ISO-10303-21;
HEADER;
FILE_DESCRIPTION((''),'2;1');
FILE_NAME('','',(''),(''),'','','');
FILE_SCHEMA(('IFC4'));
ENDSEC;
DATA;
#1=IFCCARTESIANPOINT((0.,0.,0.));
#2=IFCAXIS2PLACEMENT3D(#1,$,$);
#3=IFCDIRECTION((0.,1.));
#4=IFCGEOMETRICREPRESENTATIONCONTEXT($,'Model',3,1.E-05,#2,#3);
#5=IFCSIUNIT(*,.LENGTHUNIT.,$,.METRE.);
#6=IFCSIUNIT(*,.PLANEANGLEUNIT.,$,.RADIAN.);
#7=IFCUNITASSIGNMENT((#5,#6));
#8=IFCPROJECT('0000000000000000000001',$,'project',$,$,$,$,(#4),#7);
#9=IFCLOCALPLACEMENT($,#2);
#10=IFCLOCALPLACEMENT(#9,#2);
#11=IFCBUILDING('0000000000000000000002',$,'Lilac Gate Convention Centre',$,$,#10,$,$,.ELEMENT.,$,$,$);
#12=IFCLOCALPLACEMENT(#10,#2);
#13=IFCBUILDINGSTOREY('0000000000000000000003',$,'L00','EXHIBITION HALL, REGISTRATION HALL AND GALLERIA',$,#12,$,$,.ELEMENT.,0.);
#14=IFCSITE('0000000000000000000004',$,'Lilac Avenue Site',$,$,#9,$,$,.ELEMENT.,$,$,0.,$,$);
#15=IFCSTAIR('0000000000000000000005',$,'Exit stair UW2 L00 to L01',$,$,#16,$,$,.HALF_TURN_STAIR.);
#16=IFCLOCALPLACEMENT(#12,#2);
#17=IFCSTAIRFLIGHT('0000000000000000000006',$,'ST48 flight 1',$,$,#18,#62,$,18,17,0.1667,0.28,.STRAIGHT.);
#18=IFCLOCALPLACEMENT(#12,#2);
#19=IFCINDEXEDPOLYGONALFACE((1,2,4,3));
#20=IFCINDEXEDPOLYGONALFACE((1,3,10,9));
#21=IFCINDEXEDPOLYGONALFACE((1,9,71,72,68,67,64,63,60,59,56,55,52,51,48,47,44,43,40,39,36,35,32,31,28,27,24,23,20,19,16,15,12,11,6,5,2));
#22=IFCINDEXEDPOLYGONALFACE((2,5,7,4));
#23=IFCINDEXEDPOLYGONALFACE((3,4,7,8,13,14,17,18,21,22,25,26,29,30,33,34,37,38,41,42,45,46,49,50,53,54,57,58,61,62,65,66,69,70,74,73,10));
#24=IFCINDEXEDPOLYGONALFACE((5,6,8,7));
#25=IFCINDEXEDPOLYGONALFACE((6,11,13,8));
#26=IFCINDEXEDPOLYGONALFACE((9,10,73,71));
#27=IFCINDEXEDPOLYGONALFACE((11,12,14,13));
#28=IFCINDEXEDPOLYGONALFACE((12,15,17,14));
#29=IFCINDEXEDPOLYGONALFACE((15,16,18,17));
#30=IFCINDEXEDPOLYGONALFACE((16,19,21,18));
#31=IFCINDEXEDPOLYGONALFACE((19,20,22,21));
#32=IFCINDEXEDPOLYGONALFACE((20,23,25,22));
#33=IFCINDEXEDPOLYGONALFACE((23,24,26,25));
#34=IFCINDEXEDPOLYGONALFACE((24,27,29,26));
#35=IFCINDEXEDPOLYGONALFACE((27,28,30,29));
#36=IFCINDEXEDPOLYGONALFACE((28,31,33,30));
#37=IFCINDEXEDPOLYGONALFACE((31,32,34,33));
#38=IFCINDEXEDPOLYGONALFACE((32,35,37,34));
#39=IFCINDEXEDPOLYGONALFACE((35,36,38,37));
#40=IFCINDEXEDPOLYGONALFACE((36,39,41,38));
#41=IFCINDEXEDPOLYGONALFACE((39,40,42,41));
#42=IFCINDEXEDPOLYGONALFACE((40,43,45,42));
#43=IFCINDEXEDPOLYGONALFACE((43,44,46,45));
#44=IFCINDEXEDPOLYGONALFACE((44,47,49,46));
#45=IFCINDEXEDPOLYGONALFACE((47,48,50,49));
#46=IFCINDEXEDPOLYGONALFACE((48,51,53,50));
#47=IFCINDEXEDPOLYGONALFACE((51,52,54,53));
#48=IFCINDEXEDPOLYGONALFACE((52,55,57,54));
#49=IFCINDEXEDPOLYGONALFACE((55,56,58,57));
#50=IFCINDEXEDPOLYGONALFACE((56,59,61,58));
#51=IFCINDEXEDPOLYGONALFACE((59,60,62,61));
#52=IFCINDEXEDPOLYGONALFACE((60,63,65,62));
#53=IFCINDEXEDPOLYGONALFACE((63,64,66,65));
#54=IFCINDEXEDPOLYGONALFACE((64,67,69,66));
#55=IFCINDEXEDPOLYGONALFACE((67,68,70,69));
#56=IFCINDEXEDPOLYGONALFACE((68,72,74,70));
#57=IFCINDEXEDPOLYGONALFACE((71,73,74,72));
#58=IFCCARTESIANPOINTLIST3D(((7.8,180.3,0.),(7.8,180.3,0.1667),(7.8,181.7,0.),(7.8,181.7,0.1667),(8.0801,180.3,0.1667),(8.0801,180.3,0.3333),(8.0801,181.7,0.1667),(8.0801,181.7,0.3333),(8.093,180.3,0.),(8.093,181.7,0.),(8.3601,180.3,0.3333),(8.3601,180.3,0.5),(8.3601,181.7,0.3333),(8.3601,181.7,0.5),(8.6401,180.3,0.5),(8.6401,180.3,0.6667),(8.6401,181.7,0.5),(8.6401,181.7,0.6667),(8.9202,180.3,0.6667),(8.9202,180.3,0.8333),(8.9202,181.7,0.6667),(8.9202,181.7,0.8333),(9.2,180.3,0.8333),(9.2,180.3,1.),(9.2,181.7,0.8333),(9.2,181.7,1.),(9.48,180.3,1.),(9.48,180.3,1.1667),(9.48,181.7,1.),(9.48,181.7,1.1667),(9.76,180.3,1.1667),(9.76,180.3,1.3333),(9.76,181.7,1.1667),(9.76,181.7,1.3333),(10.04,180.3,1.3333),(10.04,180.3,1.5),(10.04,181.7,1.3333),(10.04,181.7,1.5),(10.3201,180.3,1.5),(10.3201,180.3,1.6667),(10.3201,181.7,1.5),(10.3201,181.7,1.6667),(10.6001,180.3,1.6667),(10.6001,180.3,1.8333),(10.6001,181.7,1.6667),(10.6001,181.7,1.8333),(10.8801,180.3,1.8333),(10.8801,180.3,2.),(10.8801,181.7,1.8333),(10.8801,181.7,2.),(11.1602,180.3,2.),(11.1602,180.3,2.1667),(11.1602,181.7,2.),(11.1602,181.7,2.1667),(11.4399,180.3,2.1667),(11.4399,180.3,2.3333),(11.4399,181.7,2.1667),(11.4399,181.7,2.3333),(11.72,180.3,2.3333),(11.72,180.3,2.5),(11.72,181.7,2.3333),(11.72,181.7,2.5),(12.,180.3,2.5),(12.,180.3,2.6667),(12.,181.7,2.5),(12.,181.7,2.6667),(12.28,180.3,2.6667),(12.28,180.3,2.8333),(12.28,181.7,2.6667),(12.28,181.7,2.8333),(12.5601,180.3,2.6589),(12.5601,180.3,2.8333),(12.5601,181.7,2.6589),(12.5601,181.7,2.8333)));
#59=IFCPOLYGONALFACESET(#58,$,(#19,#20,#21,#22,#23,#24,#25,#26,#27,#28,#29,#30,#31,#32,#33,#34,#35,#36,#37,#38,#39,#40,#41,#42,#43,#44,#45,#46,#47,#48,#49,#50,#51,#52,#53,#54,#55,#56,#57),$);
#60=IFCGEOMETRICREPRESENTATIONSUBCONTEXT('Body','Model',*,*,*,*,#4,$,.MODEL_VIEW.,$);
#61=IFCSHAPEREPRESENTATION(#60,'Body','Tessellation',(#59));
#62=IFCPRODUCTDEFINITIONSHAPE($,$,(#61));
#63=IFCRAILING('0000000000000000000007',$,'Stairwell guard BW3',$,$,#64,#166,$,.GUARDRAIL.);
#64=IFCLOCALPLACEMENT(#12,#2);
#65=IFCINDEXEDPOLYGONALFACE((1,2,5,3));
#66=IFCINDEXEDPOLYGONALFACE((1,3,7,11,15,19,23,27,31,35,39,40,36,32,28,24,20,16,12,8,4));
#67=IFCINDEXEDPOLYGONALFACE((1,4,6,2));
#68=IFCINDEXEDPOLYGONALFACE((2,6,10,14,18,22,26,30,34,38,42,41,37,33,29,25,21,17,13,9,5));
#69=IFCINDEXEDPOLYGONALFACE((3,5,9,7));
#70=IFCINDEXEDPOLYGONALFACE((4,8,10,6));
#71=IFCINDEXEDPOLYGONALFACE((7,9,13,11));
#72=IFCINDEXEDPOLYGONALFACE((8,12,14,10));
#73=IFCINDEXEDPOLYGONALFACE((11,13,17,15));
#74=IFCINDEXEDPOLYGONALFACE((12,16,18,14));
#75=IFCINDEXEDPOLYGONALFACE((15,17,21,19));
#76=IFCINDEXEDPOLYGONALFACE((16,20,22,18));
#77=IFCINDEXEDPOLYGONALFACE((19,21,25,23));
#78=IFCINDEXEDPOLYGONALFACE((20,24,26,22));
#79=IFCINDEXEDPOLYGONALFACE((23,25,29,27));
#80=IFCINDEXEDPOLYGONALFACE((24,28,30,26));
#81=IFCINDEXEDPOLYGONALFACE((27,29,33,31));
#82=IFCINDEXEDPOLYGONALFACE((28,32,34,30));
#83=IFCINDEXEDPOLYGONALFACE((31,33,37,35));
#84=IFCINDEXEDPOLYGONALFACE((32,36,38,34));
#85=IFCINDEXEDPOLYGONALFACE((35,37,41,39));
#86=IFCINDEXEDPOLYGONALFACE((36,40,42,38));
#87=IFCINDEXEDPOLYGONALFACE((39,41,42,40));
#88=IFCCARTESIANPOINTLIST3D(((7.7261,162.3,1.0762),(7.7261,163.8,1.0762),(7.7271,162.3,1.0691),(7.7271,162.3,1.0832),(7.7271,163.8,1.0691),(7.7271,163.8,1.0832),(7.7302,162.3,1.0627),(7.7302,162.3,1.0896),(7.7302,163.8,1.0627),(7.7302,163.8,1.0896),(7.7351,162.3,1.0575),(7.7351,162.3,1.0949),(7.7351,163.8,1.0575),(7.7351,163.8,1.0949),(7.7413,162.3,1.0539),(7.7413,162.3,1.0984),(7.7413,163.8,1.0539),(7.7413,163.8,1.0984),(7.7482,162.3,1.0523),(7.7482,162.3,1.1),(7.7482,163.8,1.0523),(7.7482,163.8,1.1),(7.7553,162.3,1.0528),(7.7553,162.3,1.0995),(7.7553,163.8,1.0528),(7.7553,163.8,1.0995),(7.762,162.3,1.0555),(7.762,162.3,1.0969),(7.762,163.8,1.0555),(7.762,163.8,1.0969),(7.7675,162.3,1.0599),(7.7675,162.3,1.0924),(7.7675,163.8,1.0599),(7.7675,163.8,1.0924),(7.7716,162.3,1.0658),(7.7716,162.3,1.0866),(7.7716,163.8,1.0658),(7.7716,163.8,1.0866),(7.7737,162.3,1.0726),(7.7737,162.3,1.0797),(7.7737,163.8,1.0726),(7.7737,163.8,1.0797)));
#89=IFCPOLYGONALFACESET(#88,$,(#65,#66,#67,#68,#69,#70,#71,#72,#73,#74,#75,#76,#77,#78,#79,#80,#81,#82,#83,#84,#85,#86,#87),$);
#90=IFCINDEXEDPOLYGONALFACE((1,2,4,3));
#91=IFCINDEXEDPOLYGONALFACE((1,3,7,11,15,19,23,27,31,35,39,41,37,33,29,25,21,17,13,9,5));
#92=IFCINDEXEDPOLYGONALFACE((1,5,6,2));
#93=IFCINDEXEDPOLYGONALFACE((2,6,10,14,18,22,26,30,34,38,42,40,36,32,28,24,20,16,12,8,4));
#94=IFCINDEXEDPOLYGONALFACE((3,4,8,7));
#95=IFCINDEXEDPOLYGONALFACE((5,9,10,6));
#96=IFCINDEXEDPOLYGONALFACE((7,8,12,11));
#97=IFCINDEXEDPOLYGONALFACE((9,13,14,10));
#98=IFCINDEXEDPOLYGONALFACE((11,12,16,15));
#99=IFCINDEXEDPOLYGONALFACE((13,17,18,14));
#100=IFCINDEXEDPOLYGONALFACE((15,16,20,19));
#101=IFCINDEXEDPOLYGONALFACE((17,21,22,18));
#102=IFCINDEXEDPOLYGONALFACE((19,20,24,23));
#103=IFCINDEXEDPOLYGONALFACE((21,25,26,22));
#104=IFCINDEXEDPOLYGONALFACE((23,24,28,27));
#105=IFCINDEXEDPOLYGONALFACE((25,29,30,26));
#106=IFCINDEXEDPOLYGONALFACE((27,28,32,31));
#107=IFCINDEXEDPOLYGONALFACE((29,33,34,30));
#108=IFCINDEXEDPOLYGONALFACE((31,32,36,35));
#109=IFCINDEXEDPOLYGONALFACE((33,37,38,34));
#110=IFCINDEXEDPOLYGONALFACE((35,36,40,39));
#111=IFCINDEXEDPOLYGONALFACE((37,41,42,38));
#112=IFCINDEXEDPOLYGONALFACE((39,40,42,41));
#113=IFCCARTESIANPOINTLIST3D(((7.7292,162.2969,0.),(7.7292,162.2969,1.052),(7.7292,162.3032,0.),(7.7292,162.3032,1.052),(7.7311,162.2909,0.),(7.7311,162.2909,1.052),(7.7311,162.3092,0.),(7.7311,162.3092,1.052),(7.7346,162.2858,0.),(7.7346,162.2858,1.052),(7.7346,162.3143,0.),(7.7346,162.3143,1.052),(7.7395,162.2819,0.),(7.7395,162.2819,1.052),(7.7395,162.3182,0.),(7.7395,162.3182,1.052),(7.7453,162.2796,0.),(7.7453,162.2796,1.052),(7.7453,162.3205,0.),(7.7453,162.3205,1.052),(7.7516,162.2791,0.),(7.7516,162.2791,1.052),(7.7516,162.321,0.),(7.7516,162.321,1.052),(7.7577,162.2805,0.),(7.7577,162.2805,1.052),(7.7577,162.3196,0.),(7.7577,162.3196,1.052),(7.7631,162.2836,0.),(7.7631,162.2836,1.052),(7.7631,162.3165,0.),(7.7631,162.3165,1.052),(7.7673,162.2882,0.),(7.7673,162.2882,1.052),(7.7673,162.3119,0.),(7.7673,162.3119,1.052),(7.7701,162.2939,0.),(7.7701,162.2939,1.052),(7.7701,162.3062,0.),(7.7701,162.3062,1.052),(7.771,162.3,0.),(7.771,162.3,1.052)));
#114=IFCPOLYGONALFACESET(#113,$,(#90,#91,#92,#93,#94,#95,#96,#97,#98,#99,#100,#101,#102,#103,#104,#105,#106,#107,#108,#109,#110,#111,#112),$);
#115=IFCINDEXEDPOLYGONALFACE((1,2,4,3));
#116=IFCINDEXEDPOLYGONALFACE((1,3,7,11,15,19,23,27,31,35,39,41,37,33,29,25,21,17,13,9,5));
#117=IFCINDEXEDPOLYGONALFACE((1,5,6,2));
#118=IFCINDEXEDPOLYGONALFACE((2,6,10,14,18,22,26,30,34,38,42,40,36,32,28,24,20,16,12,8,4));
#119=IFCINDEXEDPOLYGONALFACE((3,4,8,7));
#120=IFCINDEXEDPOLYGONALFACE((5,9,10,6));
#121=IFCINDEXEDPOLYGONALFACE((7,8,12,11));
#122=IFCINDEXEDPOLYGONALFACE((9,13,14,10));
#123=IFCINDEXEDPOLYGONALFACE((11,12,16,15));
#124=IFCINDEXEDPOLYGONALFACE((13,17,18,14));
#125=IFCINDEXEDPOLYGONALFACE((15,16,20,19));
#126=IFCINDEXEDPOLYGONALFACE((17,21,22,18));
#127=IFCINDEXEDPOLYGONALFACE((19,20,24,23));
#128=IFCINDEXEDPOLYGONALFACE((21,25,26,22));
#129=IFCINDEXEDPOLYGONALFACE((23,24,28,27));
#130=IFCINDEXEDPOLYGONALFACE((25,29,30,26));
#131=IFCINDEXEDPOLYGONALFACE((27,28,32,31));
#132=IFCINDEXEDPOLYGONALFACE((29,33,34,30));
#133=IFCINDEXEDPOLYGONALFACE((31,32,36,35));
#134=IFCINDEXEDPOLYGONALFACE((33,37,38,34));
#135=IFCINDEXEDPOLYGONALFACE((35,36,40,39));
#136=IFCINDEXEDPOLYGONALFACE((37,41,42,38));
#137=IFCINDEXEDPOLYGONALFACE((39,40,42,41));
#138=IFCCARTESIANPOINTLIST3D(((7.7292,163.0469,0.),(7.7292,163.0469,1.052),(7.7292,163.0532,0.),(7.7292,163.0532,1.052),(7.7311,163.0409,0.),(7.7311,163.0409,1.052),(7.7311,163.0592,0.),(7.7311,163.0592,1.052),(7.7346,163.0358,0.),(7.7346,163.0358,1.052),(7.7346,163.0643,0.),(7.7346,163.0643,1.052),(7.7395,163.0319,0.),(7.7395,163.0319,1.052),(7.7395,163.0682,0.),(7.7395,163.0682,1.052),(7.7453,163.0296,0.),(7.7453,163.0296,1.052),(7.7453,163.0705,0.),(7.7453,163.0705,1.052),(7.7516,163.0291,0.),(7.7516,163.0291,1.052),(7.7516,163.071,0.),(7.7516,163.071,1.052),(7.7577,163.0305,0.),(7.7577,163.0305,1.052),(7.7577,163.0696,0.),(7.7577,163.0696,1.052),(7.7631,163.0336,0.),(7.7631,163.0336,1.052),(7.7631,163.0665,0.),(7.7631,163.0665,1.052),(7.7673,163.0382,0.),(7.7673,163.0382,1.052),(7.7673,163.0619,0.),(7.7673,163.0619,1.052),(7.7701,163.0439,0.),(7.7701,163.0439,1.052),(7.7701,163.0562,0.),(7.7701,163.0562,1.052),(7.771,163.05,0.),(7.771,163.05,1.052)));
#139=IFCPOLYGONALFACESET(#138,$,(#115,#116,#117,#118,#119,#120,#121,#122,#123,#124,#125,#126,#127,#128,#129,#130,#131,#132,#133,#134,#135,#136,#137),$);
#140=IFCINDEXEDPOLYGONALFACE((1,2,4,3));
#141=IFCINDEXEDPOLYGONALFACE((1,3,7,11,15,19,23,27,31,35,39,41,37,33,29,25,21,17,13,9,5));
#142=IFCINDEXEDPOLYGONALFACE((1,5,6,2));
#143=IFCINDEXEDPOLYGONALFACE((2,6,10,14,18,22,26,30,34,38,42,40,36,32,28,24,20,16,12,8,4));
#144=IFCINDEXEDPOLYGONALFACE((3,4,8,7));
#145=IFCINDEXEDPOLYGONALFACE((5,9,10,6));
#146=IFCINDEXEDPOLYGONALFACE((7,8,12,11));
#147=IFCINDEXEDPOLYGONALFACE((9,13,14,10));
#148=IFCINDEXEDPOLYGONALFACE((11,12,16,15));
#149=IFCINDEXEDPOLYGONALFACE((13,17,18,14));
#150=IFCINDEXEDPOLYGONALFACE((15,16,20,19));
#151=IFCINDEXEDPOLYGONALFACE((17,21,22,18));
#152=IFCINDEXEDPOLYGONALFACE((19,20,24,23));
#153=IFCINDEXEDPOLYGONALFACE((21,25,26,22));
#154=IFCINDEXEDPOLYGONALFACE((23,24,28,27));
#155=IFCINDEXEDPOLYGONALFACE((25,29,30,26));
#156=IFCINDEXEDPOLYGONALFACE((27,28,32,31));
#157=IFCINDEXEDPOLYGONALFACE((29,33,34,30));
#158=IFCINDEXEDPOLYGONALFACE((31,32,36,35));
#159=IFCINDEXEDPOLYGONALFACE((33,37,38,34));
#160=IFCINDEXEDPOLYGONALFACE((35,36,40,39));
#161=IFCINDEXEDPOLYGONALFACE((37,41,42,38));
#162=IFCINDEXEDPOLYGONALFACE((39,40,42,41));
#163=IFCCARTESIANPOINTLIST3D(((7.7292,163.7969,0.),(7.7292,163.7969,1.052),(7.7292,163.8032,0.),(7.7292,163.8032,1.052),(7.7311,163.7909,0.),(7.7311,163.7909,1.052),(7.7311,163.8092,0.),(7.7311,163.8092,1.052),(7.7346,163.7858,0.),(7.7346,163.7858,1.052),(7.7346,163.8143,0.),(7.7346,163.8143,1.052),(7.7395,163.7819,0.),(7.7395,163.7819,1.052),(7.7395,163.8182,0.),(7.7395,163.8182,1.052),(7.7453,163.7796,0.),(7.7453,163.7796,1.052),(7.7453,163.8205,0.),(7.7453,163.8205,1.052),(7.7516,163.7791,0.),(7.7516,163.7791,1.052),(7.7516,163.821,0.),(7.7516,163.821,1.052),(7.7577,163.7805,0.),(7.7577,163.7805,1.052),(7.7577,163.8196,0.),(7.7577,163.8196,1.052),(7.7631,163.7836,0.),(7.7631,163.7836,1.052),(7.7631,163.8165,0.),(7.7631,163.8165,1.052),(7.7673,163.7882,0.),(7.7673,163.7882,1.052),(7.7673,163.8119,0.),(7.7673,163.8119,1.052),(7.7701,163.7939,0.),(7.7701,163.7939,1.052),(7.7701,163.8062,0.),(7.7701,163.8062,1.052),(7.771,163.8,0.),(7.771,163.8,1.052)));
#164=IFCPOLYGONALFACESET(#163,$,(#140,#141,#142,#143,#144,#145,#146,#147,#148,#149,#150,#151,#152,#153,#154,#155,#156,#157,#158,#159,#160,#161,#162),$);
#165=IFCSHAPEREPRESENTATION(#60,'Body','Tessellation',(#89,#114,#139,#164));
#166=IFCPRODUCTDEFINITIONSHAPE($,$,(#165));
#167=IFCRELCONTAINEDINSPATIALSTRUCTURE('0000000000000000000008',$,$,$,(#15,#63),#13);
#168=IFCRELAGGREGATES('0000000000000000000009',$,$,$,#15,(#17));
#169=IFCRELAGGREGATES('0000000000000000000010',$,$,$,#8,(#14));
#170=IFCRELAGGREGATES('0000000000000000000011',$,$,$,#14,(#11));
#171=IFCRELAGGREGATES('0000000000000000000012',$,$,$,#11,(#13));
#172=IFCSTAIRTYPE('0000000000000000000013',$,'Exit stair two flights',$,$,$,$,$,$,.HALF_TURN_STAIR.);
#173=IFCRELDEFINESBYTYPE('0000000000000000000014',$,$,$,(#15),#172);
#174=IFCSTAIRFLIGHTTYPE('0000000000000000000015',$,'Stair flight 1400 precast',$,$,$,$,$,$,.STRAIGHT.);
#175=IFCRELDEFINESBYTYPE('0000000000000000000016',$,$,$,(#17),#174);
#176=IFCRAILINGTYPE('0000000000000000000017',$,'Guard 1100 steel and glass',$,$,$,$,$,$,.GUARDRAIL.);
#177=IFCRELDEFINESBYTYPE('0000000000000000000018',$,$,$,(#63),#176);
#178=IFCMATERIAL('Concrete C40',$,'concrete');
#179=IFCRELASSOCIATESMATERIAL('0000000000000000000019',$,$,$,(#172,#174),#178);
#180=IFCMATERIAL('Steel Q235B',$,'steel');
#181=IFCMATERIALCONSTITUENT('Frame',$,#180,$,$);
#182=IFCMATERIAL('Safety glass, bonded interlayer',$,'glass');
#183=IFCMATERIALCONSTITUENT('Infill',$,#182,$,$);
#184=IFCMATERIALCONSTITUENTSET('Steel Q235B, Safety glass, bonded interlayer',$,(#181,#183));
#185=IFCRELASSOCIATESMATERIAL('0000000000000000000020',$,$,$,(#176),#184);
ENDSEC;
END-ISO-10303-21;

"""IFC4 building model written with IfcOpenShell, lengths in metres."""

from ifc_helpers import new_model, si_unit, direction, frame, origin, origin_2d, place, context, subcontext, project, spatial, polyline, circle, outline, extrude, material, constituent, constituent_set, type_object, element, aggregate, save


model = new_model("IFC4")

# Units and contexts
model_context = context("Model", 3, precision=1e-05, world=origin(), true_north=direction((0.0, 1.0)))
body_context = subcontext(model_context, "Body", "Model", "MODEL_VIEW")
ifc_project = project(units=[si_unit("LENGTHUNIT", "METRE"), si_unit("PLANEANGLEUNIT", "RADIAN")], contexts=[model_context])

# Site, building, storey
site_placement = place(None, origin())
site = spatial("IfcSite", under=ifc_project, at=site_placement, Name="Lilac Avenue Site", CompositionType="ELEMENT", RefElevation=0.0)
building_placement = place(site_placement, origin())
building = spatial("IfcBuilding", under=site, at=building_placement, Name="Lilac Gate Convention Centre", CompositionType="ELEMENT")
storey_placement = place(building_placement, origin())
storey = spatial("IfcBuildingStorey", under=building, at=storey_placement, Name="L00", Description="EXHIBITION HALL, REGISTRATION HALL AND GALLERIA", CompositionType="ELEMENT", Elevation=0.0)

# Shared definitions
ifc_material_1 = material(Name="Concrete C40", Category="concrete")

# Stair, stair flight
stair_type = type_object("IfcStairType", Name="Exit stair two flights", PredefinedType="HALF_TURN_STAIR", material=ifc_material_1)
stair_placement = place(storey_placement, origin())
stair = element("IfcStair", 1, at=stair_placement, inside=storey, type_object=stair_type, Name="Exit stair UW2 L00 to L01", PredefinedType="HALF_TURN_STAIR")
stair_flight_type = type_object("IfcStairFlightType", Name="Stair flight 1400 precast", PredefinedType="STRAIGHT", material=ifc_material_1)
stair_flight_placement = place(storey_placement, frame((7.8, 181.0, 0.0), z_axis=(0.0, 0.0, 1.0), x_axis=(1.0, 0.0, 0.0)))
stair_flight = element("IfcStairFlight", 2, at=stair_flight_placement, type_object=stair_flight_type, Name="ST48 flight 1", NumberOfRisers=18, NumberOfTreads=17, PredefinedType="STRAIGHT", RiserHeight=0.1667, TreadLength=0.28, context=body_context, shape_type="SweptSolid", body=[
    extrude(outline(polyline([(0.0, 0.0), (0.0, 0.1667), (0.28, 0.1667), (0.28, 0.3333), (0.5601, 0.3333), (0.5601, 0.5), (0.8401, 0.5), (0.8401, 0.6667), (1.1201, 0.6667), (1.1201, 0.8333), (1.3999, 0.8333), (1.3999, 1.0), (1.6799, 1.0), (1.6799, 1.1667), (1.96, 1.1667), (1.96, 1.3333), (2.24, 1.3333), (2.24, 1.5), (2.52, 1.5), (2.52, 1.6667), (2.8, 1.6667), (2.8, 1.8333), (3.0801, 1.8333), (3.0801, 2.0), (3.3601, 2.0), (3.3601, 2.1667), (3.6399, 2.1667), (3.6399, 2.3333), (3.9199, 2.3333), (3.9199, 2.5), (4.2, 2.5), (4.2, 2.6667), (4.48, 2.6667), (4.48, 2.8333), (4.76, 2.8333), (4.76, 3.0), (4.76, 2.6589), (0.293, 0.0), (0.0, 0.0)])), frame((0.0, 0.7, 0.0), z_axis=(0.0, -1.0, 0.0), x_axis=(1.0, 0.0, 0.0)), (0.0, 0.0, 1.0), 1.3999),
])
aggregate(stair, [stair_flight])

# Railing
ifc_material_2 = material(Name="Steel Q235B", Category="steel")
ifc_constituent_1 = constituent(ifc_material_2, Name="Frame")
ifc_material_3 = material(Name="Safety glass, bonded interlayer", Category="glass")
ifc_constituent_2 = constituent(ifc_material_3, Name="Infill")
ifc_constituent_set = constituent_set(constituents=[ifc_constituent_1, ifc_constituent_2], Name="Steel Q235B, Safety glass, bonded interlayer")
railing_type_1 = type_object("IfcRailingType", Name="Guard 1100 steel and glass", PredefinedType="GUARDRAIL", material=ifc_constituent_set)
railing_1_placement = place(storey_placement, frame((7.75, 162.3, 0.0)))
element("IfcRailing", 3, at=railing_1_placement, inside=storey, type_object=railing_type_1, Name="Stairwell guard BW3", PredefinedType="GUARDRAIL", context=body_context, shape_type="SweptSolid", body=[
    extrude(circle(Radius=0.0239, at=origin_2d()), frame((0.0, 0.0, 1.0762), z_axis=(0.0, 1.0, 0.0), x_axis=(-1.0, 0.0, 0.0)), (0.0, 0.0, 1.0), 1.5),
    extrude(circle(Radius=0.021, at=origin_2d()), origin(), (0.0, 0.0, 1.0), 1.052),
    extrude(circle(Radius=0.021, at=origin_2d()), frame((0.0, 0.75, 0.0)), (0.0, 0.0, 1.0), 1.052),
    extrude(circle(Radius=0.021, at=origin_2d()), frame((0.0, 1.5, 0.0)), (0.0, 0.0, 1.0), 1.052),
])

save(model, "model.ifc")
